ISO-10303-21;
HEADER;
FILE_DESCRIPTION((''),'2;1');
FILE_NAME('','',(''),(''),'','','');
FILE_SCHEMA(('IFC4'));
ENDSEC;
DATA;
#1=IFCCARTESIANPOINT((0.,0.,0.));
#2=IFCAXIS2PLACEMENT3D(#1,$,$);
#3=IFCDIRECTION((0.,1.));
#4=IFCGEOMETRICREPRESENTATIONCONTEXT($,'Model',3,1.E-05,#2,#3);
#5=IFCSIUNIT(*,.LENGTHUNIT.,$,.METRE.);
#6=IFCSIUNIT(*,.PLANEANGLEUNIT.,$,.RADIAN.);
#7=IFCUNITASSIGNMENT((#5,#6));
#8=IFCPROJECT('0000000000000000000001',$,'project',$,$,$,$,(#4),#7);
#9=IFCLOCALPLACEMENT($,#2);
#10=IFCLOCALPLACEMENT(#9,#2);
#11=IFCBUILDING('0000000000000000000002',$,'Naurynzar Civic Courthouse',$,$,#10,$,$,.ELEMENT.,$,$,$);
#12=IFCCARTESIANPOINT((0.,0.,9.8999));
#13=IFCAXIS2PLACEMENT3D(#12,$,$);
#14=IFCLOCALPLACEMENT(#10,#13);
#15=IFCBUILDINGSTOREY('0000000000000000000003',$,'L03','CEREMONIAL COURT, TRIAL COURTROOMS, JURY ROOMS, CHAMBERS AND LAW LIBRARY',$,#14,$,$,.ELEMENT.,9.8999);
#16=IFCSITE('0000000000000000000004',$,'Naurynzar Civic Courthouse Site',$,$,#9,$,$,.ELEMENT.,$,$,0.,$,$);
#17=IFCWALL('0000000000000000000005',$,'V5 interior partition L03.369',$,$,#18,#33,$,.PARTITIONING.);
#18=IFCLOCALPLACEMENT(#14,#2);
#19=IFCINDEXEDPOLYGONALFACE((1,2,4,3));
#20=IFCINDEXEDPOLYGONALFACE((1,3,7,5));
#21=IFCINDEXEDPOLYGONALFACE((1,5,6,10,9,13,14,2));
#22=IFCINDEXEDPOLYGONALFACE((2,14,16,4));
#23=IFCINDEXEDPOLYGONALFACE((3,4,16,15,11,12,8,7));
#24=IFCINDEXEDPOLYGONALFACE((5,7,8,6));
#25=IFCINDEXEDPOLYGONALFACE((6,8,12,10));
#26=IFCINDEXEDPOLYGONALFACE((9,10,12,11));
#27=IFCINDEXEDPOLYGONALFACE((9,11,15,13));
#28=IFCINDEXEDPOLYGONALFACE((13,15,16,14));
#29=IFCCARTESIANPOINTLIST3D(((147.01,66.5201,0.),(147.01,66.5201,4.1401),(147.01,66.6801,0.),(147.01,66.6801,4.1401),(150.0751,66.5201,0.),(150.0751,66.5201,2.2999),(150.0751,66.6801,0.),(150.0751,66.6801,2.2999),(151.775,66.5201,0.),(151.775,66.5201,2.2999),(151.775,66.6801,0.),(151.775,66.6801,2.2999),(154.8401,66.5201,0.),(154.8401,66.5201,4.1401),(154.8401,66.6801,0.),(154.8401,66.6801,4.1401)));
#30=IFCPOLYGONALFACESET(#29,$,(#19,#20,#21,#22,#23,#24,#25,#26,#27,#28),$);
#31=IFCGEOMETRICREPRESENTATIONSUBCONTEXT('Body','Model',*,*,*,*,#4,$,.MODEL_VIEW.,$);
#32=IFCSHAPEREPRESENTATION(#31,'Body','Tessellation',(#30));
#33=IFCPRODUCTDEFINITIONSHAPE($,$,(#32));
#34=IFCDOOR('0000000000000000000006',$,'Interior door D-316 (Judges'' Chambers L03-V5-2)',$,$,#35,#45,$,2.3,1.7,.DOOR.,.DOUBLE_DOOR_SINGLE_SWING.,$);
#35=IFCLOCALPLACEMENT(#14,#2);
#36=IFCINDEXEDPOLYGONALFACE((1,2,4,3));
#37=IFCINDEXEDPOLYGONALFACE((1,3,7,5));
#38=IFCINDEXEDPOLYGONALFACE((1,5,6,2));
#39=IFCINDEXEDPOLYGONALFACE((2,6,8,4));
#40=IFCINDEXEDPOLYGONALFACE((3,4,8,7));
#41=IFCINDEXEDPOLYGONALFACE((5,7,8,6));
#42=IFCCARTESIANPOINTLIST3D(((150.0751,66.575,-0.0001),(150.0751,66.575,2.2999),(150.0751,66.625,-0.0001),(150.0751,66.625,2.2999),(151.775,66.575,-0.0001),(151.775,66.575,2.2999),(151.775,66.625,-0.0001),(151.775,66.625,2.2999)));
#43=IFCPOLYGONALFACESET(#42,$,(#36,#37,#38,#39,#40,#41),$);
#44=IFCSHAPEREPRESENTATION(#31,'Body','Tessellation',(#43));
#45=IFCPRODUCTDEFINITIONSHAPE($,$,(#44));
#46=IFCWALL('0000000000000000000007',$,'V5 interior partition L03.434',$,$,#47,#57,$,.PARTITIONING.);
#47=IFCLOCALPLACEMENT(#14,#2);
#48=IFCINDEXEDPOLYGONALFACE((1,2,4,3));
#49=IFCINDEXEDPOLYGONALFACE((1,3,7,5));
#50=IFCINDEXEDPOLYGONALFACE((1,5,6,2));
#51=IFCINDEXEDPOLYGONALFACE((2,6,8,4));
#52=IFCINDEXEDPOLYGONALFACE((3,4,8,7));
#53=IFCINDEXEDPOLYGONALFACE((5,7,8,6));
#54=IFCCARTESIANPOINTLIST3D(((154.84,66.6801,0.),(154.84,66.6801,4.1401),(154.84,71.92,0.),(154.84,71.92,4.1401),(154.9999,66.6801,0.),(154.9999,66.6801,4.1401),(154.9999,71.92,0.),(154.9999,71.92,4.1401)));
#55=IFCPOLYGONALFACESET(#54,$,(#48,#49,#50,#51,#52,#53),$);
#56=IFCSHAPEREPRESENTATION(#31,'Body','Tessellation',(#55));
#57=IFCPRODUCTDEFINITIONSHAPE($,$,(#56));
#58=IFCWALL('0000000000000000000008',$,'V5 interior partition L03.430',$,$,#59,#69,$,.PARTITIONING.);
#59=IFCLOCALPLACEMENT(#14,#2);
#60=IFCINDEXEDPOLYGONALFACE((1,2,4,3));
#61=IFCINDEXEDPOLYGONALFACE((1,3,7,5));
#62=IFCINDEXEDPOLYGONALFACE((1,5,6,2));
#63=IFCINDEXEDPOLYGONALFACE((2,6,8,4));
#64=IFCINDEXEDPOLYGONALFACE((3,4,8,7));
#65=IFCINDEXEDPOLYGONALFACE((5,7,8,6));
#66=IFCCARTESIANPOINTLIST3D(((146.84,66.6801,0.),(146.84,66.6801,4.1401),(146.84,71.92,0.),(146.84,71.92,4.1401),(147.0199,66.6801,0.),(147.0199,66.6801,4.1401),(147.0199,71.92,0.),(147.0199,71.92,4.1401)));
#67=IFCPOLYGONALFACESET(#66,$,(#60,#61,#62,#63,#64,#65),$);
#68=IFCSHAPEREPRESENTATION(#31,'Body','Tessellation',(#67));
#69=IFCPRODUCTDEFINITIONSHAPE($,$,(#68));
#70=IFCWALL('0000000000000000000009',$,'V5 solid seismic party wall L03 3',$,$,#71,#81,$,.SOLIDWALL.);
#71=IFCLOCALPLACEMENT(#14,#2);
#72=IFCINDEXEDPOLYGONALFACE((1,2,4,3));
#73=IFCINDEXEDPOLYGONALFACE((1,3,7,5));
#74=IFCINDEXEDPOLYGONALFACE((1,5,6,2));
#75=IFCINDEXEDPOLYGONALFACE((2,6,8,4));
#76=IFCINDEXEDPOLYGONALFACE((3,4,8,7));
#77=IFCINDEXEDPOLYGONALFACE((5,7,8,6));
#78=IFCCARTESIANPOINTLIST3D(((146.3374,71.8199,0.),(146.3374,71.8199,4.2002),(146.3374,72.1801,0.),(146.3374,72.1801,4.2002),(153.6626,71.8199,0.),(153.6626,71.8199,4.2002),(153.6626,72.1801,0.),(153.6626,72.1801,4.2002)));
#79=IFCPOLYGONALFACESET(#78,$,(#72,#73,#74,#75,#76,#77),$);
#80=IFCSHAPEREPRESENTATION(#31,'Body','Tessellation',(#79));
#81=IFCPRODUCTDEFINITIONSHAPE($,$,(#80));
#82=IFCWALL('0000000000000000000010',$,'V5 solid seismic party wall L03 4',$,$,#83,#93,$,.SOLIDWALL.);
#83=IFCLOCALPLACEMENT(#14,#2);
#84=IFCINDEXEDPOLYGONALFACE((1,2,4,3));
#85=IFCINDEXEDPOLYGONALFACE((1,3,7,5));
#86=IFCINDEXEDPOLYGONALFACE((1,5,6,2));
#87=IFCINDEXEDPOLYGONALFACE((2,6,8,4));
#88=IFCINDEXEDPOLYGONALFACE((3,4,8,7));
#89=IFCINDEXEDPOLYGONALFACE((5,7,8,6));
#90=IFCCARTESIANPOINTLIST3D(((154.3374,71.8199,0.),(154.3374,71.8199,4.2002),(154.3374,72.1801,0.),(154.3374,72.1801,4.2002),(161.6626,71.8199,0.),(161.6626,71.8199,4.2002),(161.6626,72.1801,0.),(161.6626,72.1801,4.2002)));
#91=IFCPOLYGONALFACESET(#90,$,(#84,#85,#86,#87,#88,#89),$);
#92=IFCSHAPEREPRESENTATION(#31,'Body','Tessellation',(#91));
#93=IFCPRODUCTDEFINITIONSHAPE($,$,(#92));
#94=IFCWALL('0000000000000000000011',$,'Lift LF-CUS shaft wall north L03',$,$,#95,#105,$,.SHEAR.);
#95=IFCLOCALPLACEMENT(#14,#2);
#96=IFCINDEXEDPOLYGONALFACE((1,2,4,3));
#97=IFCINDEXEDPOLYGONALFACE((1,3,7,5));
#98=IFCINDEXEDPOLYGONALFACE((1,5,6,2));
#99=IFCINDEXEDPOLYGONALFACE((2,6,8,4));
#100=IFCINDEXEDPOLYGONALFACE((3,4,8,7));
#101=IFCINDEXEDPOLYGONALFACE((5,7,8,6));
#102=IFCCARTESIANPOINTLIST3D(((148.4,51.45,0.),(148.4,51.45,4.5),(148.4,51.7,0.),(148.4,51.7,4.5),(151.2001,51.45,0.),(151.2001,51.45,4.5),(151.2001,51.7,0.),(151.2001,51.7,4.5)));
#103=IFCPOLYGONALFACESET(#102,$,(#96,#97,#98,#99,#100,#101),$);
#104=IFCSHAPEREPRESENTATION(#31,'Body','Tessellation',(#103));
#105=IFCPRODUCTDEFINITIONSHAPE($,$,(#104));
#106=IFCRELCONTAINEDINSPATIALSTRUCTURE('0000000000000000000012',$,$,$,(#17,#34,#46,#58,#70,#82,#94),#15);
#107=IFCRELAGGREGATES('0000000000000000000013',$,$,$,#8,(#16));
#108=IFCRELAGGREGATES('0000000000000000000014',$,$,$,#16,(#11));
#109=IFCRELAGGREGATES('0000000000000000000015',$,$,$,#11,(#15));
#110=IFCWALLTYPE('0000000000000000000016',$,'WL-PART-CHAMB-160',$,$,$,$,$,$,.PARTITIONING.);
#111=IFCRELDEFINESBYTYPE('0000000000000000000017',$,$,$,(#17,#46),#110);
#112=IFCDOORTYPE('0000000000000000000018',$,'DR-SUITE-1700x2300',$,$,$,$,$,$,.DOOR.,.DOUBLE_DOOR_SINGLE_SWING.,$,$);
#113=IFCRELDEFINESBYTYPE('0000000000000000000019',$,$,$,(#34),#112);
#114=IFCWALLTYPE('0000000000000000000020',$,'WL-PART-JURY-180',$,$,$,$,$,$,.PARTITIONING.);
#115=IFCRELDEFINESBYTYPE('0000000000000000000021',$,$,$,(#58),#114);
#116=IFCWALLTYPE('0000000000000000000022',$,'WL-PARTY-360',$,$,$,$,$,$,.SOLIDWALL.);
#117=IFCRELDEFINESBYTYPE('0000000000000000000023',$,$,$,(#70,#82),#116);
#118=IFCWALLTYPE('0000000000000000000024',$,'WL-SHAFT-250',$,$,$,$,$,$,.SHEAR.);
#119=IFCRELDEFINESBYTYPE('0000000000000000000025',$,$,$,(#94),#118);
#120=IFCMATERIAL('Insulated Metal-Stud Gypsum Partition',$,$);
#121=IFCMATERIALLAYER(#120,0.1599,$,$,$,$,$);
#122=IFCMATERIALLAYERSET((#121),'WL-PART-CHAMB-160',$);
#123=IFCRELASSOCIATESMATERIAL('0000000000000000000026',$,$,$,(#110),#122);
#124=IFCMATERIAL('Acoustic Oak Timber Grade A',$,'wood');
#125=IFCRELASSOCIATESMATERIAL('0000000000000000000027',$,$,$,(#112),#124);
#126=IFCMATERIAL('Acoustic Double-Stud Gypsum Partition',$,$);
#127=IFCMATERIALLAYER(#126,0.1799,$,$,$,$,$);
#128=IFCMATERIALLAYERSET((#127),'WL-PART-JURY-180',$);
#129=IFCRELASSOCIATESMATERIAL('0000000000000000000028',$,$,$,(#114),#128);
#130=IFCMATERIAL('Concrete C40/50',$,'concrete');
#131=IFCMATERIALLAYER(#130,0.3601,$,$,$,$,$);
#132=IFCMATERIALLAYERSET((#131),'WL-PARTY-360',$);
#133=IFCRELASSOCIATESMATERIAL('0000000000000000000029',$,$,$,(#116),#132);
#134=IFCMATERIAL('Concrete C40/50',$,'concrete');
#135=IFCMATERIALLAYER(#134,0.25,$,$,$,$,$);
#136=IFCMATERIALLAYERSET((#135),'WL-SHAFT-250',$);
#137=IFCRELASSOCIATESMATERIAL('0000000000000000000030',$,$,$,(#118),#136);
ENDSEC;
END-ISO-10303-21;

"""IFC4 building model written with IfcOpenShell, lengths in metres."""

from ifc_helpers import new_model, si_unit, direction, frame, frame_2d, origin, place, context, subcontext, project, spatial, rectangle, extrude, material, layer, layer_set, type_object, element, fill, save


model = new_model("IFC4")

# Units and contexts
model_context = context("Model", 3, precision=1e-05, world=origin(), true_north=direction((0.0, 1.0)))
body_context = subcontext(model_context, "Body", "Model", "MODEL_VIEW")
ifc_project = project(units=[si_unit("LENGTHUNIT", "METRE"), si_unit("PLANEANGLEUNIT", "RADIAN")], contexts=[model_context])

# Site, building, storey
site_placement = place(None, origin())
site = spatial("IfcSite", under=ifc_project, at=site_placement, Name="Naurynzar Civic Courthouse Site", CompositionType="ELEMENT", RefElevation=0.0)
building_placement = place(site_placement, origin())
building = spatial("IfcBuilding", under=site, at=building_placement, Name="Naurynzar Civic Courthouse", CompositionType="ELEMENT")
storey_placement = place(building_placement, frame((0.0, 0.0, 9.8999)))
storey = spatial("IfcBuildingStorey", under=building, at=storey_placement, Name="L03", Description="CEREMONIAL COURT, TRIAL COURTROOMS, JURY ROOMS, CHAMBERS AND LAW LIBRARY", CompositionType="ELEMENT", Elevation=9.8999)

# Wall, opening, door
ifc_material_1 = material(Name="Insulated Metal-Stud Gypsum Partition")
ifc_layer_1 = layer(ifc_material_1, 0.1599)
ifc_layer_set_1 = layer_set([ifc_layer_1], Name="WL-PART-CHAMB-160")
wall_type_1 = type_object("IfcWallType", Name="WL-PART-CHAMB-160", PredefinedType="PARTITIONING", material=ifc_layer_set_1)
wall_1_placement = place(storey_placement, frame((147.01, 66.6001, 0.0), z_axis=(0.0, 0.0, 1.0), x_axis=(1.0, 0.0, 0.0)))
wall_1 = element("IfcWall", 1, at=wall_1_placement, inside=storey, type_object=wall_type_1, Name="V5 interior partition L03.369", PredefinedType="PARTITIONING", context=body_context, shape_type="SweptSolid", body=[
    extrude(rectangle(XDim=7.8301, YDim=0.1599, at=frame_2d((3.915, 0.0))), origin(), (0.0, 0.0, 1.0), 4.1401),
])
opening_1_placement = place(wall_1_placement, frame((3.0649, 0.0, 0.0)))
opening_1 = element("IfcOpeningElement", 2, at=opening_1_placement, cuts=wall_1, PredefinedType="OPENING", context=body_context, shape_type="SweptSolid", body=[
    extrude(rectangle(XDim=1.7, YDim=2.3, at=frame_2d((0.8501, 1.1499))), frame((0.0, 0.0898, 0.0), z_axis=(0.0, -1.0, 0.0), x_axis=(1.0, 0.0, 0.0)), (0.0, 0.0, 1.0), 0.1799),
])
ifc_material_2 = material(Name="Acoustic Oak Timber Grade A", Category="wood")
door_type_1 = type_object("IfcDoorType", Name="DR-SUITE-1700x2300", OperationType="DOUBLE_DOOR_SINGLE_SWING", PredefinedType="DOOR", material=ifc_material_2)
door_1_placement = place(opening_1_placement, origin())
door_1 = element("IfcDoor", 3, at=door_1_placement, inside=storey, type_object=door_type_1, Name="Interior door D-316 (Judges' Chambers L03-V5-2)", OperationType="DOUBLE_DOOR_SINGLE_SWING", OverallHeight=2.3, OverallWidth=1.7, PredefinedType="DOOR", context=body_context, shape_type="SweptSolid", body=[
    extrude(rectangle(XDim=1.7, YDim=2.3, at=frame_2d((0.8501, 1.1499))), frame((0.0, 0.0249, 0.0), z_axis=(0.0, -1.0, 0.0), x_axis=(1.0, 0.0, 0.0)), (0.0, 0.0, 1.0), 0.05),
])
fill(opening_1, door_1)

# Walls
wall_2_placement = place(storey_placement, frame((154.9199, 66.6799, 0.0), z_axis=(0.0, 0.0, 1.0), x_axis=(0.0, 1.0, 0.0)))
element("IfcWall", 4, at=wall_2_placement, inside=storey, type_object=wall_type_1, Name="V5 interior partition L03.434", PredefinedType="PARTITIONING", context=body_context, shape_type="SweptSolid", body=[
    extrude(rectangle(XDim=5.24, YDim=0.1599, at=frame_2d((2.6201, 0.0))), origin(), (0.0, 0.0, 1.0), 4.1401),
])
ifc_material_3 = material(Name="Acoustic Double-Stud Gypsum Partition")
ifc_layer_2 = layer(ifc_material_3, 0.1799)
ifc_layer_set_2 = layer_set([ifc_layer_2], Name="WL-PART-JURY-180")
wall_type_2 = type_object("IfcWallType", Name="WL-PART-JURY-180", PredefinedType="PARTITIONING", material=ifc_layer_set_2)
wall_3_placement = place(storey_placement, frame((146.9299, 66.6799, 0.0), z_axis=(0.0, 0.0, 1.0), x_axis=(0.0, 1.0, 0.0)))
element("IfcWall", 5, at=wall_3_placement, inside=storey, type_object=wall_type_2, Name="V5 interior partition L03.430", PredefinedType="PARTITIONING", context=body_context, shape_type="SweptSolid", body=[
    extrude(rectangle(XDim=5.24, YDim=0.1799, at=frame_2d((2.6201, 0.0))), origin(), (0.0, 0.0, 1.0), 4.1401),
])
ifc_material_4 = material(Name="Concrete C40/50", Category="concrete")
ifc_layer_3 = layer(ifc_material_4, 0.3601)
ifc_layer_set_3 = layer_set([ifc_layer_3], Name="WL-PARTY-360")
wall_type_3 = type_object("IfcWallType", Name="WL-PARTY-360", PredefinedType="SOLIDWALL", material=ifc_layer_set_3)
for number, where, z_axis, x_axis, name in (
    (6, (146.3374, 72.0, 0.0), (0.0, 0.0, 1.0), (1.0, 0.0, 0.0), "V5 solid seismic party wall L03 3"),
    (7, (154.3374, 72.0, 0.0), (0.0, 0.0, 1.0), (1.0, 0.0, 0.0), "V5 solid seismic party wall L03 4"),
):
    element("IfcWall", number, at=place(storey_placement, frame(where, z_axis=z_axis, x_axis=x_axis)), inside=storey, type_object=wall_type_3, Name=name, PredefinedType="SOLIDWALL", context=body_context, shape_type="SweptSolid", body=[
        extrude(rectangle(XDim=7.3252, YDim=0.3601, at=frame_2d((3.6626, 0.0))), origin(), (0.0, 0.0, 1.0), 4.2002),
    ])
ifc_material_5 = material(Name="Concrete C40/50", Category="concrete")
ifc_layer_4 = layer(ifc_material_5, 0.25)
ifc_layer_set_4 = layer_set([ifc_layer_4], Name="WL-SHAFT-250")
wall_type_4 = type_object("IfcWallType", Name="WL-SHAFT-250", PredefinedType="SHEAR", material=ifc_layer_set_4)
wall_4_placement = place(storey_placement, frame((151.2, 51.575, 0.0), z_axis=(0.0, 0.0, 1.0), x_axis=(-1.0, 0.0, 0.0)))
element("IfcWall", 8, at=wall_4_placement, inside=storey, type_object=wall_type_4, Name="Lift LF-CUS shaft wall north L03", PredefinedType="SHEAR", context=body_context, shape_type="SweptSolid", body=[
    extrude(rectangle(XDim=2.8, YDim=0.25, at=frame_2d((1.3999, 0.0))), origin(), (0.0, 0.0, 1.0), 4.5),
])

save(model, "model.ifc")
